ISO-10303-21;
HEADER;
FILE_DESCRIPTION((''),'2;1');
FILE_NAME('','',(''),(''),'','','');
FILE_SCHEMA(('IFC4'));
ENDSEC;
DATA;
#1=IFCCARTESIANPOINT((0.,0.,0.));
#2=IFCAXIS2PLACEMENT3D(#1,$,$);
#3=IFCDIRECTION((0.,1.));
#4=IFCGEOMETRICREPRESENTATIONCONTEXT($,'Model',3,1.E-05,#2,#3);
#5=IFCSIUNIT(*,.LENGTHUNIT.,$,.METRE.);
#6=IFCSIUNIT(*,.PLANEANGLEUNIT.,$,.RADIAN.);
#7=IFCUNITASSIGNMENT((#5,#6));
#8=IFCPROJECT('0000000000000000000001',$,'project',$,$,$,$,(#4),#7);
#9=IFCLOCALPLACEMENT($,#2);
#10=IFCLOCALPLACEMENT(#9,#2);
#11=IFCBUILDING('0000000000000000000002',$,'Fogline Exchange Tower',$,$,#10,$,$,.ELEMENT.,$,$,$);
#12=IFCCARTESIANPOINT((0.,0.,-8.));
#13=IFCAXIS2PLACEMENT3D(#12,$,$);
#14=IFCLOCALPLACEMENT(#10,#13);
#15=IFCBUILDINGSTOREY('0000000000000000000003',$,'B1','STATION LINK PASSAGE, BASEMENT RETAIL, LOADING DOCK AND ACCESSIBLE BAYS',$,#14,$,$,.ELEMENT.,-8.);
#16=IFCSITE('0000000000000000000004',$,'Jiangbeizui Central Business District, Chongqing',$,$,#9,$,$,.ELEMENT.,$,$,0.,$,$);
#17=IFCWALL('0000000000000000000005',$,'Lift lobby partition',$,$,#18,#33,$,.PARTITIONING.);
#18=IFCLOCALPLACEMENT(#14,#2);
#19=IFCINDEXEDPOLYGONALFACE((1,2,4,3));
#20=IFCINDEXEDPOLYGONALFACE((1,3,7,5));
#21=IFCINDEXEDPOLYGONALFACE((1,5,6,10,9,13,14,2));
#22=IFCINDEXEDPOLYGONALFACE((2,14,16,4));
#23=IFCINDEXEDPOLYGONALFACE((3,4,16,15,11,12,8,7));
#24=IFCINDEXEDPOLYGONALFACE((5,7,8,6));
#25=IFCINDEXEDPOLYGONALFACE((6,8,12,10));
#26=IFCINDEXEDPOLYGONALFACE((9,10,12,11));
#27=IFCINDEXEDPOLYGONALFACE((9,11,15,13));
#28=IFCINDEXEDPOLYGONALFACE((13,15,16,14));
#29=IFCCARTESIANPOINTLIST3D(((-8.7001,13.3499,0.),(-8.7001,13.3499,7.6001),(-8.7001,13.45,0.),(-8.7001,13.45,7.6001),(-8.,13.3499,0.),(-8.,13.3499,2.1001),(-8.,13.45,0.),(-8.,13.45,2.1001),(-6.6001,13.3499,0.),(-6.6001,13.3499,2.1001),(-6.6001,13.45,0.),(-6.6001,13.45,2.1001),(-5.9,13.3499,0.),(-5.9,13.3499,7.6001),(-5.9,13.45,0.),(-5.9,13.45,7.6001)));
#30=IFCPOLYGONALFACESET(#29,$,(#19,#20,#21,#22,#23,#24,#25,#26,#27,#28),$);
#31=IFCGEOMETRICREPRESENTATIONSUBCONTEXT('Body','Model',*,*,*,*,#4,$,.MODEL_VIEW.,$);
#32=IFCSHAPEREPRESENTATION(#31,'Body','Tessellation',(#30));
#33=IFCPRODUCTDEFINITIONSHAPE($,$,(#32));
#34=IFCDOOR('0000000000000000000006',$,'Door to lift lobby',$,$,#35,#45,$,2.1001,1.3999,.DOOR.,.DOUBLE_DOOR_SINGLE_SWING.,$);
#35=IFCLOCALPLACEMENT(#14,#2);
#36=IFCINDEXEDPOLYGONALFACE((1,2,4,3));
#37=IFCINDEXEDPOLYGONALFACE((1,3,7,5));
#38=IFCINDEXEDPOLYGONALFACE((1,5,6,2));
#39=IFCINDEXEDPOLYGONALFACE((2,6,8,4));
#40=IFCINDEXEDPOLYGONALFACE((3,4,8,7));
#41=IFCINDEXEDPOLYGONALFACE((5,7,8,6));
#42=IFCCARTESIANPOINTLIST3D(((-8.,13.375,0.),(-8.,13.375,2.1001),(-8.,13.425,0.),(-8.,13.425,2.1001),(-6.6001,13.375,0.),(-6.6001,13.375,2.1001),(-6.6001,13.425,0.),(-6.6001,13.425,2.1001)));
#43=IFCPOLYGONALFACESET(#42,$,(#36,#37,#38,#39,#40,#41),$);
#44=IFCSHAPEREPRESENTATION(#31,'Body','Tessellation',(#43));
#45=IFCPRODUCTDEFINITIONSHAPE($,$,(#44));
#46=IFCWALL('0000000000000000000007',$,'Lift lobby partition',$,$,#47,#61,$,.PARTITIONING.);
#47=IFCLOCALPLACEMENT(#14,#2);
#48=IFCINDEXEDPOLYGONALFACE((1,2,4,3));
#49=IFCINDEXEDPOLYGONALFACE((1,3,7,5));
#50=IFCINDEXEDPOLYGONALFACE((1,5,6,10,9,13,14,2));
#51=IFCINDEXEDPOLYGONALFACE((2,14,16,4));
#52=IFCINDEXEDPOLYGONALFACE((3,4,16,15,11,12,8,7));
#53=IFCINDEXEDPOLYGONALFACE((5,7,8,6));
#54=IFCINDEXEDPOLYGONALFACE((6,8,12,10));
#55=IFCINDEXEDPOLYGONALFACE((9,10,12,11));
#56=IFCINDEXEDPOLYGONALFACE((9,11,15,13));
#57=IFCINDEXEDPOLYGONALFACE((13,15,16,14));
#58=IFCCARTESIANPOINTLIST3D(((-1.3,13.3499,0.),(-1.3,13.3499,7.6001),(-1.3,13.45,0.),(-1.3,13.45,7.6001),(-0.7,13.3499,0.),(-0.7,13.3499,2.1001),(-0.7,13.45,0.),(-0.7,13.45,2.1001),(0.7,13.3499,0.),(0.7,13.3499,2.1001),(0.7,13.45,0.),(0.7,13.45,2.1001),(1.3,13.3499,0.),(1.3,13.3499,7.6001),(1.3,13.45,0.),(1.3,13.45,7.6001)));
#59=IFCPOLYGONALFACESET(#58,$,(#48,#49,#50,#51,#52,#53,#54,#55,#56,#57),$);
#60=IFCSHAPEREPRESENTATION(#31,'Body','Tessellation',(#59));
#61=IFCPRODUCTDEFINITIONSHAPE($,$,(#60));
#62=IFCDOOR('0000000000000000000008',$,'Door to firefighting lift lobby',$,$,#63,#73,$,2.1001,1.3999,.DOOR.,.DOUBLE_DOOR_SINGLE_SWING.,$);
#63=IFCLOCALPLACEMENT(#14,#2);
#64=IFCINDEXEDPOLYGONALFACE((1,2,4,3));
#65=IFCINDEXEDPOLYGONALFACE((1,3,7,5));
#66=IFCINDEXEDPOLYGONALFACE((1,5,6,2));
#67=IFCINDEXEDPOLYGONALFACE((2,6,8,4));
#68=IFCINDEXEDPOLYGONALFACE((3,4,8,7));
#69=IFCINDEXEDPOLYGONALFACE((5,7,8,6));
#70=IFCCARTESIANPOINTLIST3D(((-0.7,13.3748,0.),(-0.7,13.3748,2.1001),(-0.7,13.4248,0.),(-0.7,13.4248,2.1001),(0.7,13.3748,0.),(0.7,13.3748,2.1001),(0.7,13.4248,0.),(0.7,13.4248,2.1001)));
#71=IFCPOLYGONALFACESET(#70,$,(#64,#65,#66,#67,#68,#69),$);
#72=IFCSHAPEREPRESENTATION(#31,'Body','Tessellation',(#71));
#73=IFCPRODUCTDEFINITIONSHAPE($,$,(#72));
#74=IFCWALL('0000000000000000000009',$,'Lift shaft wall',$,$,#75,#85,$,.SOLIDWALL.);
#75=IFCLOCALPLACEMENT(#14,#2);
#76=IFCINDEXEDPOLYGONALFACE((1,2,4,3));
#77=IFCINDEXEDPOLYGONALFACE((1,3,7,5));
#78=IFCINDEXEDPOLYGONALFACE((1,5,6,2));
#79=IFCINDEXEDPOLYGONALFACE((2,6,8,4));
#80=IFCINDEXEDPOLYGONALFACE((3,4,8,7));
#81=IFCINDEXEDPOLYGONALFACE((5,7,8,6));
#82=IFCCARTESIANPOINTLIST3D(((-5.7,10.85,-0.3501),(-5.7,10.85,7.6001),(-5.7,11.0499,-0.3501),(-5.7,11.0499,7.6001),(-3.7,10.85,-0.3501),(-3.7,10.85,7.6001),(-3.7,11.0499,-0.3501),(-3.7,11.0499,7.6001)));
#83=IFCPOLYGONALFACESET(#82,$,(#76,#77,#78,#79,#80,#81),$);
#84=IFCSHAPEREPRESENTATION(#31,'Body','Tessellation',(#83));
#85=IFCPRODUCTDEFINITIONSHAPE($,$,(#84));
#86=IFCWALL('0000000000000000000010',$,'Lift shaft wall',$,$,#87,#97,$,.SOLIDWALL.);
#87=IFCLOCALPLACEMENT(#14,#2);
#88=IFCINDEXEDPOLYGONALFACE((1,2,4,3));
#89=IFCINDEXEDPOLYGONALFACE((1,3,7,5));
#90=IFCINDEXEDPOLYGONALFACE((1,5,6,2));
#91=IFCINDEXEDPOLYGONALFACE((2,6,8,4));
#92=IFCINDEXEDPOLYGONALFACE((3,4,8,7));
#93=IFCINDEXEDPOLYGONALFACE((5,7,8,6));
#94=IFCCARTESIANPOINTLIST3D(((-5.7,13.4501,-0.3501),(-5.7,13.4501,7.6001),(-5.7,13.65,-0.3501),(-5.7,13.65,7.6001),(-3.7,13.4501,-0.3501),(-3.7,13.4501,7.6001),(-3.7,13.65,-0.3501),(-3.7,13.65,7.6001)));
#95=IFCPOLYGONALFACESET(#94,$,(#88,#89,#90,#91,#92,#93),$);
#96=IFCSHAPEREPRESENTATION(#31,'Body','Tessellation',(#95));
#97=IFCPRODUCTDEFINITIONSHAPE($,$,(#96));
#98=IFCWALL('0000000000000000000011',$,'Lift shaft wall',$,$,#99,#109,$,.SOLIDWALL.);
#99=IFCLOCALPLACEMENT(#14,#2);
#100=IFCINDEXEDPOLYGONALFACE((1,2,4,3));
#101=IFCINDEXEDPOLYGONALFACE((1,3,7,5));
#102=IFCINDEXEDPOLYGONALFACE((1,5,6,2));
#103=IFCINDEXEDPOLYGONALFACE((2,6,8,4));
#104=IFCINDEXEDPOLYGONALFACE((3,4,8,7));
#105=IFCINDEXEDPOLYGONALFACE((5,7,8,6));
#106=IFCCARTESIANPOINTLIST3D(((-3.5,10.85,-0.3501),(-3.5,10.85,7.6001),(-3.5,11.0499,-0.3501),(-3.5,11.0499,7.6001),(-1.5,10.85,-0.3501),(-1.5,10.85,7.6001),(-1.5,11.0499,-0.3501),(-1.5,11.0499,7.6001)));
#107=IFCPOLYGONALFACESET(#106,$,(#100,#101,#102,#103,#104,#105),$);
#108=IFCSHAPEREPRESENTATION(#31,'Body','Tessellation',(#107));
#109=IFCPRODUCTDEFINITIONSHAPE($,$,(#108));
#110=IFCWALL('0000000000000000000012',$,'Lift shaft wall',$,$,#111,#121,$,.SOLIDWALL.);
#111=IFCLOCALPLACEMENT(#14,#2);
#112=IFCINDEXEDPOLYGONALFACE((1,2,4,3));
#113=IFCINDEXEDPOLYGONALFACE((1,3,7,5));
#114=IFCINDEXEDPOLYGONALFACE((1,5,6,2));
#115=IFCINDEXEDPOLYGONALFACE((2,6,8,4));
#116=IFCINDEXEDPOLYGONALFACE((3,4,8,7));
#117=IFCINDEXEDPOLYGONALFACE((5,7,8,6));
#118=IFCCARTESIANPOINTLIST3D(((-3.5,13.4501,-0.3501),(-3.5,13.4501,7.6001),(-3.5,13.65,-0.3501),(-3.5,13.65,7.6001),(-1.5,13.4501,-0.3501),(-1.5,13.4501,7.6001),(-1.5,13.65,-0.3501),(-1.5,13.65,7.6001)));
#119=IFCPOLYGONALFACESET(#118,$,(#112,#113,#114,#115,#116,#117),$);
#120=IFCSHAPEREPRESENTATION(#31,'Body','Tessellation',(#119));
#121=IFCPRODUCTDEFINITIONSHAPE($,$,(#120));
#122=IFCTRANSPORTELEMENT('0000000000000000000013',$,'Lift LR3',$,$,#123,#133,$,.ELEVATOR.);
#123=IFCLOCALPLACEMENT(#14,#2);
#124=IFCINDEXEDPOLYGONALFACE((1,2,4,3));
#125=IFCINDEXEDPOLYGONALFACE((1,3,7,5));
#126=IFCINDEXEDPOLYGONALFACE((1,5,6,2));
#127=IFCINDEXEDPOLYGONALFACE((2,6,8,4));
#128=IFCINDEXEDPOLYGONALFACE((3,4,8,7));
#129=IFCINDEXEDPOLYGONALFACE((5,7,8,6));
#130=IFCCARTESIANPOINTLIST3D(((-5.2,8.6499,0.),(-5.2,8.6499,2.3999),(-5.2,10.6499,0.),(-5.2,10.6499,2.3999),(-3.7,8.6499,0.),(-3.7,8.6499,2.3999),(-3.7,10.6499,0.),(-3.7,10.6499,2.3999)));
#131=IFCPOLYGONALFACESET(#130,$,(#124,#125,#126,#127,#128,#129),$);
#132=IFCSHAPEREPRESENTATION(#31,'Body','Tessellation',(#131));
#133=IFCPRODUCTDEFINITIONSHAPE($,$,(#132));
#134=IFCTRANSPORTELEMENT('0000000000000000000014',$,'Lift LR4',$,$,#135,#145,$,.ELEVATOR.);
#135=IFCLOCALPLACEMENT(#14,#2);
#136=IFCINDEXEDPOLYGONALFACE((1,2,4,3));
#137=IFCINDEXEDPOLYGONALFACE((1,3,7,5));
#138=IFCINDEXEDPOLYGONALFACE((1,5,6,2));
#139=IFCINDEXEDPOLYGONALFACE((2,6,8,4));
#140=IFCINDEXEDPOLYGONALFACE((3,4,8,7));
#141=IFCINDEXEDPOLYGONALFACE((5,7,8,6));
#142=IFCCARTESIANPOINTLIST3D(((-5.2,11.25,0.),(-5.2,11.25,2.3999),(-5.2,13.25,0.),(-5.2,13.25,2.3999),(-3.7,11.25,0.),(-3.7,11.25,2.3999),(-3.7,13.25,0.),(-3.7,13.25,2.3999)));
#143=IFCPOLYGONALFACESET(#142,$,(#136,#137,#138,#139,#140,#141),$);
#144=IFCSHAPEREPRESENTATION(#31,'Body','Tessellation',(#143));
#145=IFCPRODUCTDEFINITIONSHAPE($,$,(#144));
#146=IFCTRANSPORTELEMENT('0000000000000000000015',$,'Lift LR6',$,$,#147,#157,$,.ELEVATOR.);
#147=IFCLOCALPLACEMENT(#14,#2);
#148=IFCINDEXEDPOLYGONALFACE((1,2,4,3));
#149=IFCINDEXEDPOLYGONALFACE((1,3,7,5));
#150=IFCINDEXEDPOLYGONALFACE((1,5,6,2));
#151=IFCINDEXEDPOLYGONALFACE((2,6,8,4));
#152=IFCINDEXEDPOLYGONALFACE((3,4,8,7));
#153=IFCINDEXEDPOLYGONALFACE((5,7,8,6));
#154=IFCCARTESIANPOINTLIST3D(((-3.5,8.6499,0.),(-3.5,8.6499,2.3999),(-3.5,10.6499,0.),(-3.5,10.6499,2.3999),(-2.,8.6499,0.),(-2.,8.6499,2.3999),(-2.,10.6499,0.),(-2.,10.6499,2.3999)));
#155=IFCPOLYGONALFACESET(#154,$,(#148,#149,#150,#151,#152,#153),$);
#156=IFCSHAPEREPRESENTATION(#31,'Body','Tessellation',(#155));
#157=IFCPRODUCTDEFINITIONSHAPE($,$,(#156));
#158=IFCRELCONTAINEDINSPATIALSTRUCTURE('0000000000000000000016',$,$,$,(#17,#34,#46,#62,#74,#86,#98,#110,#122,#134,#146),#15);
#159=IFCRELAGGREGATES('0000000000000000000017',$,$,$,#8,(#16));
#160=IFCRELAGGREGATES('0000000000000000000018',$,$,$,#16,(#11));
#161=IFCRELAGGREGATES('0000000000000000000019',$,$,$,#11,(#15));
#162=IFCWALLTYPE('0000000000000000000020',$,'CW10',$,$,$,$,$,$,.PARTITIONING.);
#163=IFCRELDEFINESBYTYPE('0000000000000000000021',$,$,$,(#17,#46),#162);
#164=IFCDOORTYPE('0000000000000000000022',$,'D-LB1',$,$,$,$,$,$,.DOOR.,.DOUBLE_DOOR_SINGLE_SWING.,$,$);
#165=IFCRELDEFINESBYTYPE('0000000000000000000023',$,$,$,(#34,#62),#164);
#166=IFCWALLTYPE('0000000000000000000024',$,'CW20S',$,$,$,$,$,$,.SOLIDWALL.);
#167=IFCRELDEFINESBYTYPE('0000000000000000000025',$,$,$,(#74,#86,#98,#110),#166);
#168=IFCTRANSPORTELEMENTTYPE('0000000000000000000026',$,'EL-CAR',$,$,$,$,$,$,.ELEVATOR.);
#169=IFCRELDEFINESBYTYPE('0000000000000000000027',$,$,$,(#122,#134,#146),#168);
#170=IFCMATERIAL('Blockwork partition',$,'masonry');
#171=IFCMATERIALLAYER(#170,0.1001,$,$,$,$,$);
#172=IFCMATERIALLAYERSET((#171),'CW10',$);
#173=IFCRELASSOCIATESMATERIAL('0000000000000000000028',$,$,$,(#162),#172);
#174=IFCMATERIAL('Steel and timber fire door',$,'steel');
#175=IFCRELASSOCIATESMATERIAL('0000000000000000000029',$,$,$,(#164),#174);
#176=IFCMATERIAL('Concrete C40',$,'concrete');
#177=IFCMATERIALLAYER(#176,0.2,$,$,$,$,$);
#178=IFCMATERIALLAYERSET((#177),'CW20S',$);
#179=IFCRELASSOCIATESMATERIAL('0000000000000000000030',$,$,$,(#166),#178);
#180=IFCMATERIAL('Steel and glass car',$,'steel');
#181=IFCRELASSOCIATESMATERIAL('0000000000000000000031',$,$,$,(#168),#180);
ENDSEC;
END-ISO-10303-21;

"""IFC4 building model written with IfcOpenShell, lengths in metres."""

from ifc_helpers import new_model, si_unit, direction, frame, frame_2d, origin, origin_2d, place, context, subcontext, project, spatial, rectangle, extrude, material, layer, layer_set, type_object, element, fill, save


model = new_model("IFC4")

# Units and contexts
model_context = context("Model", 3, precision=1e-05, world=origin(), true_north=direction((0.0, 1.0)))
body_context = subcontext(model_context, "Body", "Model", "MODEL_VIEW")
ifc_project = project(units=[si_unit("LENGTHUNIT", "METRE"), si_unit("PLANEANGLEUNIT", "RADIAN")], contexts=[model_context])

# Site, building, storey
site_placement = place(None, origin())
site = spatial("IfcSite", under=ifc_project, at=site_placement, Name="Jiangbeizui Central Business District, Chongqing", CompositionType="ELEMENT", RefElevation=0.0)
building_placement = place(site_placement, origin())
building = spatial("IfcBuilding", under=site, at=building_placement, Name="Fogline Exchange Tower", CompositionType="ELEMENT")
storey_placement = place(building_placement, frame((0.0, 0.0, -8.0)))
storey = spatial("IfcBuildingStorey", under=building, at=storey_placement, Name="B1", Description="STATION LINK PASSAGE, BASEMENT RETAIL, LOADING DOCK AND ACCESSIBLE BAYS", CompositionType="ELEMENT", Elevation=-8.0)

# Walls, openings, doors
ifc_material_1 = material(Name="Blockwork partition", Category="masonry")
ifc_layer_1 = layer(ifc_material_1, 0.1001)
ifc_layer_set_1 = layer_set([ifc_layer_1], Name="CW10")
wall_type_1 = type_object("IfcWallType", Name="CW10", PredefinedType="PARTITIONING", material=ifc_layer_set_1)
wall_1_placement = place(storey_placement, frame((-8.7, 13.3999, 0.0), z_axis=(0.0, 0.0, 1.0), x_axis=(1.0, 0.0, 0.0)))
wall_1 = element("IfcWall", 1, at=wall_1_placement, inside=storey, type_object=wall_type_1, Name="Lift lobby partition", PredefinedType="PARTITIONING", context=body_context, shape_type="SweptSolid", body=[
    extrude(rectangle(XDim=2.8, YDim=0.1001, at=frame_2d((1.3999, 0.0))), origin(), (0.0, 0.0, 1.0), 7.6001),
])
opening_1_placement = place(wall_1_placement, frame((0.7, 0.0, 0.0)))
opening_1 = element("IfcOpeningElement", 2, at=opening_1_placement, cuts=wall_1, PredefinedType="OPENING", context=body_context, shape_type="SweptSolid", body=[
    extrude(rectangle(XDim=1.3999, YDim=2.1001, at=frame_2d((0.7, 1.05))), frame((0.0, 0.0601, 0.0), z_axis=(0.0, -1.0, 0.0), x_axis=(1.0, 0.0, 0.0)), (0.0, 0.0, 1.0), 0.1201),
])
ifc_material_2 = material(Name="Steel and timber fire door", Category="steel")
door_type = type_object("IfcDoorType", Name="D-LB1", OperationType="DOUBLE_DOOR_SINGLE_SWING", PredefinedType="DOOR", material=ifc_material_2)
door_1_placement = place(opening_1_placement, frame((1.3999, 0.0, 0.0), z_axis=(0.0, 0.0, 1.0), x_axis=(-1.0, 0.0, 0.0)))
door_1 = element("IfcDoor", 3, at=door_1_placement, inside=storey, type_object=door_type, Name="Door to lift lobby", OperationType="DOUBLE_DOOR_SINGLE_SWING", OverallHeight=2.1001, OverallWidth=1.3999, PredefinedType="DOOR", context=body_context, shape_type="SweptSolid", body=[
    extrude(rectangle(XDim=1.3999, YDim=2.1001, at=frame_2d((0.7, 1.05))), frame((0.0, 0.0249, 0.0), z_axis=(0.0, -1.0, 0.0), x_axis=(1.0, 0.0, 0.0)), (0.0, 0.0, 1.0), 0.05),
])
fill(opening_1, door_1)
wall_2_placement = place(storey_placement, frame((-1.3, 13.3999, 0.0), z_axis=(0.0, 0.0, 1.0), x_axis=(1.0, 0.0, 0.0)))
wall_2 = element("IfcWall", 4, at=wall_2_placement, inside=storey, type_object=wall_type_1, Name="Lift lobby partition", PredefinedType="PARTITIONING", context=body_context, shape_type="SweptSolid", body=[
    extrude(rectangle(XDim=2.6001, YDim=0.1001, at=frame_2d((1.3, 0.0))), origin(), (0.0, 0.0, 1.0), 7.6001),
])
opening_2_placement = place(wall_2_placement, frame((0.6001, 0.0, 0.0)))
opening_2 = element("IfcOpeningElement", 5, at=opening_2_placement, cuts=wall_2, PredefinedType="OPENING", context=body_context, shape_type="SweptSolid", body=[
    extrude(rectangle(XDim=1.3999, YDim=2.1001, at=frame_2d((0.7, 1.05))), frame((0.0, 0.0601, 0.0), z_axis=(0.0, -1.0, 0.0), x_axis=(1.0, 0.0, 0.0)), (0.0, 0.0, 1.0), 0.1201),
])
door_2_placement = place(opening_2_placement, origin())
door_2 = element("IfcDoor", 6, at=door_2_placement, inside=storey, type_object=door_type, Name="Door to firefighting lift lobby", OperationType="DOUBLE_DOOR_SINGLE_SWING", OverallHeight=2.1001, OverallWidth=1.3999, PredefinedType="DOOR", context=body_context, shape_type="SweptSolid", body=[
    extrude(rectangle(XDim=1.3999, YDim=2.1001, at=frame_2d((0.7, 1.05))), frame((0.0, 0.0249, 0.0), z_axis=(0.0, -1.0, 0.0), x_axis=(1.0, 0.0, 0.0)), (0.0, 0.0, 1.0), 0.05),
])
fill(opening_2, door_2)

# Walls
ifc_material_3 = material(Name="Concrete C40", Category="concrete")
ifc_layer_2 = layer(ifc_material_3, 0.2)
ifc_layer_set_2 = layer_set([ifc_layer_2], Name="CW20S")
wall_type_2 = type_object("IfcWallType", Name="CW20S", PredefinedType="SOLIDWALL", material=ifc_layer_set_2)
for number, where, z_axis, x_axis, name in (
    (7, (-5.7, 10.95, -0.3501), (0.0, 0.0, 1.0), (1.0, 0.0, 0.0), "Lift shaft wall"),
    (8, (-5.7, 13.55, -0.3501), (0.0, 0.0, 1.0), (1.0, 0.0, 0.0), "Lift shaft wall"),
    (9, (-3.5, 10.95, -0.3501), (0.0, 0.0, 1.0), (1.0, 0.0, 0.0), "Lift shaft wall"),
    (10, (-3.5, 13.55, -0.3501), (0.0, 0.0, 1.0), (1.0, 0.0, 0.0), "Lift shaft wall"),
):
    element("IfcWall", number, at=place(storey_placement, frame(where, z_axis=z_axis, x_axis=x_axis)), inside=storey, type_object=wall_type_2, Name=name, PredefinedType="SOLIDWALL", context=body_context, shape_type="SweptSolid", body=[
        extrude(rectangle(XDim=2.0, YDim=0.2, at=frame_2d((1.0, 0.0))), origin(), (0.0, 0.0, 1.0), 7.9502),
    ])

# Transport elements
ifc_material_4 = material(Name="Steel and glass car", Category="steel")
transport_element_type = type_object("IfcTransportElementType", Name="EL-CAR", PredefinedType="ELEVATOR", material=ifc_material_4)
for number, where, z_axis, x_axis, name in (
    (11, (-4.45, 9.6499, 0.0), (0.0, 0.0, 1.0), (1.0, 0.0, 0.0), "Lift LR3"),
    (12, (-4.45, 12.25, 0.0), (0.0, 0.0, 1.0), (1.0, 0.0, 0.0), "Lift LR4"),
    (13, (-2.75, 9.6499, 0.0), (0.0, 0.0, 1.0), (1.0, 0.0, 0.0), "Lift LR6"),
):
    element("IfcTransportElement", number, at=place(storey_placement, frame(where, z_axis=z_axis, x_axis=x_axis)), inside=storey, type_object=transport_element_type, Name=name, PredefinedType="ELEVATOR", context=body_context, shape_type="SweptSolid", body=[
        extrude(rectangle(XDim=1.5, YDim=2.0, at=origin_2d()), origin(), (0.0, 0.0, 1.0), 2.3999),
    ])

save(model, "model.ifc")
